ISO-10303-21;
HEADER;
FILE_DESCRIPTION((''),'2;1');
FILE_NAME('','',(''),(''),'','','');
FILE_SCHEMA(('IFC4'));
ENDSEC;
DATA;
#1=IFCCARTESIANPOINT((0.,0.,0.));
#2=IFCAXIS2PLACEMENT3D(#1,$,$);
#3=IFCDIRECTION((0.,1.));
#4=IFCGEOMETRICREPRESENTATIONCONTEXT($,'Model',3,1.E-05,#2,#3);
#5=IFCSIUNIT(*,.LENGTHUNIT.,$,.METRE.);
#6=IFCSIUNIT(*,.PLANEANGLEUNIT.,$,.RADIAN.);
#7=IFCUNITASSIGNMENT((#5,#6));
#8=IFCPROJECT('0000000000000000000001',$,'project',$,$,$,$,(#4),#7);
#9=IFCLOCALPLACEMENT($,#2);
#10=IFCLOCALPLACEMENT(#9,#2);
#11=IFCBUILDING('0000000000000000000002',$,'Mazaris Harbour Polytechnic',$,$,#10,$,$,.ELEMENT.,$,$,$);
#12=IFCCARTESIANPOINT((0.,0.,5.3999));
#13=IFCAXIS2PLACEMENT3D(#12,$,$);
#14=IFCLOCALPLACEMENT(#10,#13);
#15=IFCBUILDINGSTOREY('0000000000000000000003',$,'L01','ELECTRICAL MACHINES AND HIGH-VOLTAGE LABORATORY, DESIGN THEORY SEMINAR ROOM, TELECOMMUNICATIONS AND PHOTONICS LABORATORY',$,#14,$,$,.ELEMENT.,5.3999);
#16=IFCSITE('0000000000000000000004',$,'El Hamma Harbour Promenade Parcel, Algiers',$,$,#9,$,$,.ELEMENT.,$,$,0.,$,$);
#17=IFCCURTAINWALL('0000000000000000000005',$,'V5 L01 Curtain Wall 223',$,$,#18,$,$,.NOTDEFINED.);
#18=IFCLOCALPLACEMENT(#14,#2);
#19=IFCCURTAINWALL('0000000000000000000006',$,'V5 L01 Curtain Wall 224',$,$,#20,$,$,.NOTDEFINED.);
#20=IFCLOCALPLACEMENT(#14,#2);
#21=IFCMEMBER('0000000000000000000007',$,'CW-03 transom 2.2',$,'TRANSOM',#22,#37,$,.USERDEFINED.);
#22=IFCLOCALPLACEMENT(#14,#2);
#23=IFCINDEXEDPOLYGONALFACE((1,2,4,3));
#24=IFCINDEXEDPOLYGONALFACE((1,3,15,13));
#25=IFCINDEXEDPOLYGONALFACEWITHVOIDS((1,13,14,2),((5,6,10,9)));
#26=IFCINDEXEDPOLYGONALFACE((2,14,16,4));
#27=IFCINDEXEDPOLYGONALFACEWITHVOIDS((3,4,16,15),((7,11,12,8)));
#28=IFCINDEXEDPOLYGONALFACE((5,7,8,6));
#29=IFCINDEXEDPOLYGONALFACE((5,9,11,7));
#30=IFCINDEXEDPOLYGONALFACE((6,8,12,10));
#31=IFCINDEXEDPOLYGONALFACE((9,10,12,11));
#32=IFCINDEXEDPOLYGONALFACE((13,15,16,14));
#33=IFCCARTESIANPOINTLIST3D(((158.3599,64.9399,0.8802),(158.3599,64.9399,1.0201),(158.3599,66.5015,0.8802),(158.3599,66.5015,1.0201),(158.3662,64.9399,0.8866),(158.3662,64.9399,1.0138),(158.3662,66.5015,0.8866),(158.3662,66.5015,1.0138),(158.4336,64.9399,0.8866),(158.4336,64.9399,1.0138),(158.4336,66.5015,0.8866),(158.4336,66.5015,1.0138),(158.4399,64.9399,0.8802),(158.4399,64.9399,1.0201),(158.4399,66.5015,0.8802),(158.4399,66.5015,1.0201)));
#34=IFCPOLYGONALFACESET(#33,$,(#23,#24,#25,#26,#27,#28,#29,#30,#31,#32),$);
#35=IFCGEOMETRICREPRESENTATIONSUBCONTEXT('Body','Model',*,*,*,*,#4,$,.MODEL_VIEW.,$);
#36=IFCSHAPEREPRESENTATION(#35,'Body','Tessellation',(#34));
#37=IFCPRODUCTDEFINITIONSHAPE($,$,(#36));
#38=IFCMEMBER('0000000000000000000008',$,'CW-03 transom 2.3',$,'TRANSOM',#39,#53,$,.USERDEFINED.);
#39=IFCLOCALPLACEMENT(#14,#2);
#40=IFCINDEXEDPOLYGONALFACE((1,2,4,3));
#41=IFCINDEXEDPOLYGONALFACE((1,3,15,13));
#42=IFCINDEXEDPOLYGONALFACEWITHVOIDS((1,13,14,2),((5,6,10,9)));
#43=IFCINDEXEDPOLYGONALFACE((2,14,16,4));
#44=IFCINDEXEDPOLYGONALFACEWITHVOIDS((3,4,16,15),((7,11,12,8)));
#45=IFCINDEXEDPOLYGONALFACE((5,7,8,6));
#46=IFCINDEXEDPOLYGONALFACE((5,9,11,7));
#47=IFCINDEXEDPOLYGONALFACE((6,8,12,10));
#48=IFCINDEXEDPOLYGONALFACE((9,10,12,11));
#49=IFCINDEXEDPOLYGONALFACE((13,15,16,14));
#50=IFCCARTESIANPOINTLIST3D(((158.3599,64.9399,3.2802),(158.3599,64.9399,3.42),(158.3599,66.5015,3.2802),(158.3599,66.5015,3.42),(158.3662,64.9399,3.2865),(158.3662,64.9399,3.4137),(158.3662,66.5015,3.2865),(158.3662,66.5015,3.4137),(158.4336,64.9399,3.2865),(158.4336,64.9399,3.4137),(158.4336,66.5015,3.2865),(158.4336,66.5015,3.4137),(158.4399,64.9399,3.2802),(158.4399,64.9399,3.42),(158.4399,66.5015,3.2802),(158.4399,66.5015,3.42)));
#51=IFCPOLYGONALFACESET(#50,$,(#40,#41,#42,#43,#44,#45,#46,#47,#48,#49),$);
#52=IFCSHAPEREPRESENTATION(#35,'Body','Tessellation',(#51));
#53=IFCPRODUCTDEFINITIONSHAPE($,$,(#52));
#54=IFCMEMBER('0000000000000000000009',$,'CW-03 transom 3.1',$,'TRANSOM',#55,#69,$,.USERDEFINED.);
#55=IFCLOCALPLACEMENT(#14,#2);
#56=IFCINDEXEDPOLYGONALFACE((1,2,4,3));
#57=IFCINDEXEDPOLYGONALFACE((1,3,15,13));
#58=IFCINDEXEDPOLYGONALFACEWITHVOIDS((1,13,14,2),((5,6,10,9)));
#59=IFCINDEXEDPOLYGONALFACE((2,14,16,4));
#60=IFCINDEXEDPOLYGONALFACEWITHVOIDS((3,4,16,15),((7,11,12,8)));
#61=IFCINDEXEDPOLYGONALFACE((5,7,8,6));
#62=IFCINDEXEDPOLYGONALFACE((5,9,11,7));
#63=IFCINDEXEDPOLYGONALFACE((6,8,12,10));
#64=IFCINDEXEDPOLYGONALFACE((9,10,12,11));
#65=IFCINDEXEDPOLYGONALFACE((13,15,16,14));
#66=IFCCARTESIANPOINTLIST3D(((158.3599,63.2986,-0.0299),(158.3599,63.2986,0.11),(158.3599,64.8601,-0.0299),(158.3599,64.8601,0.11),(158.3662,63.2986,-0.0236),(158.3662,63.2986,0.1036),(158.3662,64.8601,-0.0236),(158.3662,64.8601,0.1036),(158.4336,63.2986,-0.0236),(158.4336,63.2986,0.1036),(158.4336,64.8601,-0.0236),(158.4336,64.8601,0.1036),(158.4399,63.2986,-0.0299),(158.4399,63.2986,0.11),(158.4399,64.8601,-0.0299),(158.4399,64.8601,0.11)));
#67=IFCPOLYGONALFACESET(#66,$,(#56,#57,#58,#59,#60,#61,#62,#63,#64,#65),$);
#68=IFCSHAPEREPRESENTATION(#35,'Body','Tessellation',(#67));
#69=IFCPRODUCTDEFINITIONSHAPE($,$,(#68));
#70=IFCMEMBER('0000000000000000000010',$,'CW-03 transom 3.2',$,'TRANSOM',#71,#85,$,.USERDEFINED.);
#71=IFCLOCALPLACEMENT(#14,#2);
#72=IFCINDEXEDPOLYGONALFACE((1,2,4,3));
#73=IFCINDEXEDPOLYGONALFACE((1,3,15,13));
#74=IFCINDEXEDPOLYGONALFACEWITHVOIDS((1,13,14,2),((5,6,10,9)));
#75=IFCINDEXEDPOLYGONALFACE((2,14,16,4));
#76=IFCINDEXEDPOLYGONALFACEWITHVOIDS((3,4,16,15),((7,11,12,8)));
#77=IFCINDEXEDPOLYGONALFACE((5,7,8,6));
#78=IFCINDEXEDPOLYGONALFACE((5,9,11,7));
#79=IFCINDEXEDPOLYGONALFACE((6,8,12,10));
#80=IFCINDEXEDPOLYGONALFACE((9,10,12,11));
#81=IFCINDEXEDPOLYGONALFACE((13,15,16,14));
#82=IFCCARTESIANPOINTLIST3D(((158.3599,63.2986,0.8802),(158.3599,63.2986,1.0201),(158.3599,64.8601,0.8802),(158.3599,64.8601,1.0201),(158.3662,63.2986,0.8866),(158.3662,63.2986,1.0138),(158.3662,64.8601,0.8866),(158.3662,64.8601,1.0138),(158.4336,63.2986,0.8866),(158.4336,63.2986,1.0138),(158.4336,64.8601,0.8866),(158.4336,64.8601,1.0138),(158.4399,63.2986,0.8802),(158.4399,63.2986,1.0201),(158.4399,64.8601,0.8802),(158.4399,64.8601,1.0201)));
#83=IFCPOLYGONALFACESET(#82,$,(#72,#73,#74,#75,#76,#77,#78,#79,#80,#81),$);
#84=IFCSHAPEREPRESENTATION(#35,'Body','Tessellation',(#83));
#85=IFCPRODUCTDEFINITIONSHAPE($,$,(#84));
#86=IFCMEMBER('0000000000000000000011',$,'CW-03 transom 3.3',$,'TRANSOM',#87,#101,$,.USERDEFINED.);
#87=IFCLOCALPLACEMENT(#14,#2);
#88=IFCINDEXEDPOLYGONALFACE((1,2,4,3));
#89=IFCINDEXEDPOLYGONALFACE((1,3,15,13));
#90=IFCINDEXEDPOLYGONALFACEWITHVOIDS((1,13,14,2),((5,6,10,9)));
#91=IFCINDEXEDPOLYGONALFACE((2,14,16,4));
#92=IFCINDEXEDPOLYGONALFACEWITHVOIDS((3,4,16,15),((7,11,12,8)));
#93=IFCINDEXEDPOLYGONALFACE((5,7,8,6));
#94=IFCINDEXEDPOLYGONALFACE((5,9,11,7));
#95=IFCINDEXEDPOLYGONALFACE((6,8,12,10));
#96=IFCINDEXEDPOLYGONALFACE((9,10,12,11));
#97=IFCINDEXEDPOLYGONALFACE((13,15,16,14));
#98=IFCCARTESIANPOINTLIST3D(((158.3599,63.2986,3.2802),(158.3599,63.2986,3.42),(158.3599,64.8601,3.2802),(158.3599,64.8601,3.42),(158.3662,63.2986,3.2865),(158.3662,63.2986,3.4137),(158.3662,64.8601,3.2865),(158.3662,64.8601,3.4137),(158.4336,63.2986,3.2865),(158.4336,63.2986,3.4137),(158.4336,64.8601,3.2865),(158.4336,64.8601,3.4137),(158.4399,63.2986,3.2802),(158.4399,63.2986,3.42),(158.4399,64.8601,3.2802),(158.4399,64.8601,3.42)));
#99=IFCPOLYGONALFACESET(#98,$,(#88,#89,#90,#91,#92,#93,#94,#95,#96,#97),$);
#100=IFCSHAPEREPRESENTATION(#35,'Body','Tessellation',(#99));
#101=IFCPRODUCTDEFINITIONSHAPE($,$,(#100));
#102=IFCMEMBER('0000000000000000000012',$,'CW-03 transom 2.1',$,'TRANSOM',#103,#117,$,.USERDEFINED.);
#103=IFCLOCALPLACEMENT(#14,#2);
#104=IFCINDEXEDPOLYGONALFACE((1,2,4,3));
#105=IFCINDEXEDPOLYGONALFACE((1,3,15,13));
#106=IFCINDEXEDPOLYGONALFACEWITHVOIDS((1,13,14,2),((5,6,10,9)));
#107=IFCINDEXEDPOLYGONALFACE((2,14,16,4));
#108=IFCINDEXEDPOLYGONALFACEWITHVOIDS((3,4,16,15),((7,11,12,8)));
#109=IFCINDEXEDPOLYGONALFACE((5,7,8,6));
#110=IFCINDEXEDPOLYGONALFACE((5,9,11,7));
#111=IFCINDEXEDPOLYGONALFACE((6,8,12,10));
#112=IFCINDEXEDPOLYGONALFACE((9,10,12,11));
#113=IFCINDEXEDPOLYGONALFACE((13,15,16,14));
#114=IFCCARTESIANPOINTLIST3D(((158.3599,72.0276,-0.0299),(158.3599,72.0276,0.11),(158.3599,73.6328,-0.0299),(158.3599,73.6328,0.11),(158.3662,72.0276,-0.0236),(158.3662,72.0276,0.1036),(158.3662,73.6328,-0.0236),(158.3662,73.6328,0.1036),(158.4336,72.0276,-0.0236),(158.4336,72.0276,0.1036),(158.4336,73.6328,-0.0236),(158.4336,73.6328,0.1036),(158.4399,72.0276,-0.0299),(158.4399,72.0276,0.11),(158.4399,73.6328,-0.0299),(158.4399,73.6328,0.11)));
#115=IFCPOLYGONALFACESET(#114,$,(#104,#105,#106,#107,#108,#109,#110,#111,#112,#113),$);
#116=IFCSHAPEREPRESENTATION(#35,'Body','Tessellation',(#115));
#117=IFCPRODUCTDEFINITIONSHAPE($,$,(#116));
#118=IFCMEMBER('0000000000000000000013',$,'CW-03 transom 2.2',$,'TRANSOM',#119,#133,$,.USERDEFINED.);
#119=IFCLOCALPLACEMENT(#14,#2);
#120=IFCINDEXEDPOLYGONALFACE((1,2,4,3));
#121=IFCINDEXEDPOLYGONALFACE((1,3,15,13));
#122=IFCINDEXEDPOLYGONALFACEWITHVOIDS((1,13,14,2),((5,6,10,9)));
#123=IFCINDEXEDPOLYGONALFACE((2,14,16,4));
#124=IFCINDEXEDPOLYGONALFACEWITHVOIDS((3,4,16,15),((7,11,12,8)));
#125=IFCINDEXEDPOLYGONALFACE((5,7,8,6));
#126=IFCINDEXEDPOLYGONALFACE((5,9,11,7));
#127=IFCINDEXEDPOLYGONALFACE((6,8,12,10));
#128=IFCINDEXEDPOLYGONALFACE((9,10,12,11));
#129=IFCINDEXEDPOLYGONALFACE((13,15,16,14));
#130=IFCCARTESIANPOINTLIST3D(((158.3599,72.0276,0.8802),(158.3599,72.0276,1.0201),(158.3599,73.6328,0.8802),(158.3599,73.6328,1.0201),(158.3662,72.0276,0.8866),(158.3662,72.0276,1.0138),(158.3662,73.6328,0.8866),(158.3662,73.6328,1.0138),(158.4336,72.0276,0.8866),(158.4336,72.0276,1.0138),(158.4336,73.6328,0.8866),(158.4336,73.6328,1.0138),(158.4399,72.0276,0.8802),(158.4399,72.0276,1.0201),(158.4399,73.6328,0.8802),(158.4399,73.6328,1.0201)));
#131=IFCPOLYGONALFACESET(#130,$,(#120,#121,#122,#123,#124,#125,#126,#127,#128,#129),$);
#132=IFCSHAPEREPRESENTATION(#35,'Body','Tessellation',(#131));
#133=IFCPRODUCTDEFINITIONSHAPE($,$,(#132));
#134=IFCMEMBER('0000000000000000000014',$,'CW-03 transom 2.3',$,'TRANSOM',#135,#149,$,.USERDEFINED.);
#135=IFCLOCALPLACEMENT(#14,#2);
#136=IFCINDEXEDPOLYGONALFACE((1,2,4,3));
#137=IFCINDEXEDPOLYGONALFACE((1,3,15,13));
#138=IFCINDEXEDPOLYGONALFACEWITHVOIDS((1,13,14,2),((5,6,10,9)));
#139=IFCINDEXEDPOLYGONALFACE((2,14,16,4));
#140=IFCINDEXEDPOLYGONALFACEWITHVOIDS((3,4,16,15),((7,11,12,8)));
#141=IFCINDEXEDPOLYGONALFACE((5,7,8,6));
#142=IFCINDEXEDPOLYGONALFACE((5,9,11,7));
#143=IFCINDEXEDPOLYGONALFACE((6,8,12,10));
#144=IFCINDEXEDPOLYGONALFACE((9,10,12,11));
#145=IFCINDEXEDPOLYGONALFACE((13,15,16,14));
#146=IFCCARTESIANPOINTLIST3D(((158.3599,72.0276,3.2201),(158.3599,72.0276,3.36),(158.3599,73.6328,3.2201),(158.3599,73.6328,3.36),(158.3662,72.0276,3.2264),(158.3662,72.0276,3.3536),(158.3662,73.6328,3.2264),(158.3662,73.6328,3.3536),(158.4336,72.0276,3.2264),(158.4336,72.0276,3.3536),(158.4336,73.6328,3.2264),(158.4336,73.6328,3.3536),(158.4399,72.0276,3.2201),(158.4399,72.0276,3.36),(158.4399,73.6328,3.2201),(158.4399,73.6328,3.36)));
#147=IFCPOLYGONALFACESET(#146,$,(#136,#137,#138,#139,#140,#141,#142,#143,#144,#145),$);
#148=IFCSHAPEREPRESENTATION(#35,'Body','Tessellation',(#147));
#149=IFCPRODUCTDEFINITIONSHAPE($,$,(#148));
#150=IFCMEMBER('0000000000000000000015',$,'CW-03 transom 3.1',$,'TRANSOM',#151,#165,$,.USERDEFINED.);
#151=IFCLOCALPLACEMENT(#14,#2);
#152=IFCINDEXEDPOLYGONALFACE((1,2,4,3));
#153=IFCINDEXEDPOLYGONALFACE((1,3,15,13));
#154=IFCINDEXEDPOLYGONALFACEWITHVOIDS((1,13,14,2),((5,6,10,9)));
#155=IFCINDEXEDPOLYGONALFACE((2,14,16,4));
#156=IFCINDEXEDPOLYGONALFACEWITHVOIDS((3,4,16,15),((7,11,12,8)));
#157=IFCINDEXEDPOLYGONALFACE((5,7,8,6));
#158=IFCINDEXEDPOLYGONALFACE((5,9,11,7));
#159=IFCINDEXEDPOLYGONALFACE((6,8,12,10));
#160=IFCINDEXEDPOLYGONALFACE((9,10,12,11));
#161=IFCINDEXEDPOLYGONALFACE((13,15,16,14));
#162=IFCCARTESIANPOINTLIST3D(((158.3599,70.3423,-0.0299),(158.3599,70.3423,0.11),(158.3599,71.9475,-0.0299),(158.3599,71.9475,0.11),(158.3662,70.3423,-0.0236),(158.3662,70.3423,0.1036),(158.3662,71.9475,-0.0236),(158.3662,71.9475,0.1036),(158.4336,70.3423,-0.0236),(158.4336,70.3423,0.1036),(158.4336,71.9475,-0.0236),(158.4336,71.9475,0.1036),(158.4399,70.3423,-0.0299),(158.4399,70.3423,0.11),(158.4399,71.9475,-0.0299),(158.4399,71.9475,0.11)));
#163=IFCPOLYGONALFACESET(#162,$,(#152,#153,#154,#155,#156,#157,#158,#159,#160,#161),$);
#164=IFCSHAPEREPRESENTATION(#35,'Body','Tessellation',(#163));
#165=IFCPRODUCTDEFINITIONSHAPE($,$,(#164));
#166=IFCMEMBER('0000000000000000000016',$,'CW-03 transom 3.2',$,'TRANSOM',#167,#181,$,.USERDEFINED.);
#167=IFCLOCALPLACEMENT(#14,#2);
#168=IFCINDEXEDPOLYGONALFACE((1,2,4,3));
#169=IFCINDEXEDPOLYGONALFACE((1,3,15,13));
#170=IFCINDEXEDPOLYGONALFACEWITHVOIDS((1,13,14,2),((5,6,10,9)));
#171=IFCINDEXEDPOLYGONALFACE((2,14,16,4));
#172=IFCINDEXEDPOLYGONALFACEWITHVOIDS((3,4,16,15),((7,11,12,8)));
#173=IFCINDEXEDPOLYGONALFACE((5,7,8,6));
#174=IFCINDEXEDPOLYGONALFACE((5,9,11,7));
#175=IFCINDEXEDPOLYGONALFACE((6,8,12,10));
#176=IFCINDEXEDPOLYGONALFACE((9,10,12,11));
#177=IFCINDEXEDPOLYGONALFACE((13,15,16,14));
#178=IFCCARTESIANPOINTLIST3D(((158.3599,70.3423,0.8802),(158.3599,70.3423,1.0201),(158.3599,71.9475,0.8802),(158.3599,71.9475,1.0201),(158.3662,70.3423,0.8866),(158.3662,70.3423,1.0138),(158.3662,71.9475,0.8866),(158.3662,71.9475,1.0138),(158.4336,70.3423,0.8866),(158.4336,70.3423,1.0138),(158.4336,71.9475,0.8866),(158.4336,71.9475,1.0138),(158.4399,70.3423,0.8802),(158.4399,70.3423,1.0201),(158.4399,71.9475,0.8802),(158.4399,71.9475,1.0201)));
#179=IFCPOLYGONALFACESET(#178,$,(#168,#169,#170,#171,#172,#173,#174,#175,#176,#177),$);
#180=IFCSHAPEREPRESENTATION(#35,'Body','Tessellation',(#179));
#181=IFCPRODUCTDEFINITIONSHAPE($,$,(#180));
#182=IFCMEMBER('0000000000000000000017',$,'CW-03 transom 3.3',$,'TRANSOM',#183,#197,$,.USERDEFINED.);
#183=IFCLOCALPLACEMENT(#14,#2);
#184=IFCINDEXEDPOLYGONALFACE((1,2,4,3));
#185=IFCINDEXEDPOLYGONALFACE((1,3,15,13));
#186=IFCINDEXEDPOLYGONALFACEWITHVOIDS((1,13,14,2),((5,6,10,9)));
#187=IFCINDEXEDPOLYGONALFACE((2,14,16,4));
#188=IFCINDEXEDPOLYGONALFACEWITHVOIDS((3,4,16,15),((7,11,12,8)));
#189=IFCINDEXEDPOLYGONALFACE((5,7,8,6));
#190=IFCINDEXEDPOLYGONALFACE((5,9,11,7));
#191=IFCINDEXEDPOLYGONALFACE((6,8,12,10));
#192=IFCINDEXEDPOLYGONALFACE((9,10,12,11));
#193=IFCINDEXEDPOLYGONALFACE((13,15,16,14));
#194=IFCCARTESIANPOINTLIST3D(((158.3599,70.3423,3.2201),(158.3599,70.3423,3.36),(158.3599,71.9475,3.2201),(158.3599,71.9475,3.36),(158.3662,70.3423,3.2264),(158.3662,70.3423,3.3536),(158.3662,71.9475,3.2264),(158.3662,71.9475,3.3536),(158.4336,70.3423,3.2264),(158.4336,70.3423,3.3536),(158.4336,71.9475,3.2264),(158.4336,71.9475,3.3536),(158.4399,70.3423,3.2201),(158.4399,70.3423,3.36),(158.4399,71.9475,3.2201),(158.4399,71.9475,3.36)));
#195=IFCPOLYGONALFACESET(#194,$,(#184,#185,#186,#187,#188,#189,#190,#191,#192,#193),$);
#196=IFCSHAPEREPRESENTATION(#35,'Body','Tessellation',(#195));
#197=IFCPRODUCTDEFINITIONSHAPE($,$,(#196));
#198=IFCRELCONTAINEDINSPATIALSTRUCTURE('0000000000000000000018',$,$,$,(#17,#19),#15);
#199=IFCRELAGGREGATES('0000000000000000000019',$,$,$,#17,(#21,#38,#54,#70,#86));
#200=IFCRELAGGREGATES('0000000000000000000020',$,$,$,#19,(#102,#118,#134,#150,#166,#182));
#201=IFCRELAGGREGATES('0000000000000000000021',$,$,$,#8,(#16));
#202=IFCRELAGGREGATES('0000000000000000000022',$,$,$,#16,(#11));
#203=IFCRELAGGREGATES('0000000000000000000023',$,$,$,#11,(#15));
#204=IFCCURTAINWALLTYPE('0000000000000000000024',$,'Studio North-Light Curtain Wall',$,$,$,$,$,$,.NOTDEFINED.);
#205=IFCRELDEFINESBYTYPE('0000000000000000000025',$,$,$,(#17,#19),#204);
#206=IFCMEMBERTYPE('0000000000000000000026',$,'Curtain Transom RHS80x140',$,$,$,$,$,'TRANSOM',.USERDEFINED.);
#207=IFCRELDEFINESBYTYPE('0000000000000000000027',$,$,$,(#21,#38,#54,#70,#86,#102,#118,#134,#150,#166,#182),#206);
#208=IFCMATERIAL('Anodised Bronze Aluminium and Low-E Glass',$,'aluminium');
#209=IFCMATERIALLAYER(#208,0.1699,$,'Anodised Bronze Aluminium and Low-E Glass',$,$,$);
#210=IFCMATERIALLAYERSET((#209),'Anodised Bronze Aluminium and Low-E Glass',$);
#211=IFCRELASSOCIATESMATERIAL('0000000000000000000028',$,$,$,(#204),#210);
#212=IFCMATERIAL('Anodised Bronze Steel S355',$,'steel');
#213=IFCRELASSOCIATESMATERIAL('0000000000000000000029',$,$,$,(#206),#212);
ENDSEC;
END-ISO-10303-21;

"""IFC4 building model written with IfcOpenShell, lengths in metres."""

from ifc_helpers import new_model, si_unit, direction, frame, origin, origin_2d, place, context, subcontext, project, spatial, hollow_rectangle, extrude, material, layer, layer_set, material_profile, profile_set, type_object, element, aggregate, save


model = new_model("IFC4")

# Units and contexts
model_context = context("Model", 3, precision=1e-05, world=origin(), true_north=direction((0.0, 1.0)))
body_context = subcontext(model_context, "Body", "Model", "MODEL_VIEW")
ifc_project = project(units=[si_unit("LENGTHUNIT", "METRE"), si_unit("PLANEANGLEUNIT", "RADIAN")], contexts=[model_context])

# Site, building, storey
site_placement = place(None, origin())
site = spatial("IfcSite", under=ifc_project, at=site_placement, Name="El Hamma Harbour Promenade Parcel, Algiers", CompositionType="ELEMENT", RefElevation=0.0)
building_placement = place(site_placement, origin())
building = spatial("IfcBuilding", under=site, at=building_placement, Name="Mazaris Harbour Polytechnic", CompositionType="ELEMENT")
storey_placement = place(building_placement, frame((0.0, 0.0, 5.3999)))
storey = spatial("IfcBuildingStorey", under=building, at=storey_placement, Name="L01", Description="ELECTRICAL MACHINES AND HIGH-VOLTAGE LABORATORY, DESIGN THEORY SEMINAR ROOM, TELECOMMUNICATIONS AND PHOTONICS LABORATORY", CompositionType="ELEMENT", Elevation=5.3999)

# Curtain walls
ifc_material_1 = material(Name="Anodised Bronze Aluminium and Low-E Glass", Category="aluminium")
ifc_layer_1 = layer(ifc_material_1, 0.1699, Name="Anodised Bronze Aluminium and Low-E Glass")
ifc_layer_set_1 = layer_set([ifc_layer_1], Name="Anodised Bronze Aluminium and Low-E Glass")
curtain_wall_type = type_object("IfcCurtainWallType", Name="Studio North-Light Curtain Wall", PredefinedType="NOTDEFINED", material=ifc_layer_set_1)
curtain_wall_1_placement = place(storey_placement, origin())
curtain_wall_1 = element("IfcCurtainWall", 1, at=curtain_wall_1_placement, inside=storey, type_object=curtain_wall_type, Name="V5 L01 Curtain Wall 223", PredefinedType="NOTDEFINED")
curtain_wall_2_placement = place(storey_placement, origin())
curtain_wall_2 = element("IfcCurtainWall", 2, at=curtain_wall_2_placement, inside=storey, type_object=curtain_wall_type, Name="V5 L01 Curtain Wall 224", PredefinedType="NOTDEFINED")

# Members
ifc_material_2 = material(Name="Anodised Bronze Steel S355", Category="steel")
ifc_material_profile_1 = material_profile(ifc_material_2, hollow_rectangle(XDim=0.0801, YDim=0.1399, WallThickness=0.0063, at=origin_2d()), Name="RHS 80x140x6.3")
ifc_profile_set_1 = profile_set([ifc_material_profile_1], Name="Anodised Bronze Steel S355")
member_type_1 = type_object("IfcMemberType", Name="Curtain Transom RHS80x140", ElementType="TRANSOM", PredefinedType="USERDEFINED", material=ifc_profile_set_1)
member_1_placement = place(storey_placement, frame((158.3999, 66.5015, 0.9502), z_axis=(0.0, -1.0, 0.0), x_axis=(1.0, 0.0, 0.0)))
member_1 = element("IfcMember", 3, at=member_1_placement, type_object=member_type_1, Name="CW-03 transom 2.2", ObjectType="TRANSOM", PredefinedType="USERDEFINED", context=body_context, shape_type="SweptSolid", body=[
    extrude(hollow_rectangle(XDim=0.0801, YDim=0.1399, WallThickness=0.0063, at=origin_2d()), origin(), (0.0, 0.0, 1.0), 1.5615),
])
member_2_placement = place(storey_placement, frame((158.3999, 66.5015, 3.3501), z_axis=(0.0, -1.0, 0.0), x_axis=(1.0, 0.0, 0.0)))
member_2 = element("IfcMember", 4, at=member_2_placement, type_object=member_type_1, Name="CW-03 transom 2.3", ObjectType="TRANSOM", PredefinedType="USERDEFINED", context=body_context, shape_type="SweptSolid", body=[
    extrude(hollow_rectangle(XDim=0.0801, YDim=0.1399, WallThickness=0.0063, at=origin_2d()), origin(), (0.0, 0.0, 1.0), 1.5615),
])
member_3_placement = place(storey_placement, frame((158.3999, 64.8601, 0.04), z_axis=(0.0, -1.0, 0.0), x_axis=(1.0, 0.0, 0.0)))
member_3 = element("IfcMember", 5, at=member_3_placement, type_object=member_type_1, Name="CW-03 transom 3.1", ObjectType="TRANSOM", PredefinedType="USERDEFINED", context=body_context, shape_type="SweptSolid", body=[
    extrude(hollow_rectangle(XDim=0.0801, YDim=0.1399, WallThickness=0.0063, at=origin_2d()), origin(), (0.0, 0.0, 1.0), 1.5615),
])
member_4_placement = place(storey_placement, frame((158.3999, 64.8601, 0.9502), z_axis=(0.0, -1.0, 0.0), x_axis=(1.0, 0.0, 0.0)))
member_4 = element("IfcMember", 6, at=member_4_placement, type_object=member_type_1, Name="CW-03 transom 3.2", ObjectType="TRANSOM", PredefinedType="USERDEFINED", context=body_context, shape_type="SweptSolid", body=[
    extrude(hollow_rectangle(XDim=0.0801, YDim=0.1399, WallThickness=0.0063, at=origin_2d()), origin(), (0.0, 0.0, 1.0), 1.5615),
])
member_5_placement = place(storey_placement, frame((158.3999, 64.8601, 3.3501), z_axis=(0.0, -1.0, 0.0), x_axis=(1.0, 0.0, 0.0)))
member_5 = element("IfcMember", 7, at=member_5_placement, type_object=member_type_1, Name="CW-03 transom 3.3", ObjectType="TRANSOM", PredefinedType="USERDEFINED", context=body_context, shape_type="SweptSolid", body=[
    extrude(hollow_rectangle(XDim=0.0801, YDim=0.1399, WallThickness=0.0063, at=origin_2d()), origin(), (0.0, 0.0, 1.0), 1.5615),
])
member_6_placement = place(storey_placement, frame((158.3999, 73.6328, 0.04), z_axis=(0.0, -1.0, 0.0), x_axis=(1.0, 0.0, 0.0)))
member_6 = element("IfcMember", 8, at=member_6_placement, type_object=member_type_1, Name="CW-03 transom 2.1", ObjectType="TRANSOM", PredefinedType="USERDEFINED", context=body_context, shape_type="SweptSolid", body=[
    extrude(hollow_rectangle(XDim=0.0801, YDim=0.1399, WallThickness=0.0063, at=origin_2d()), origin(), (0.0, 0.0, 1.0), 1.6052),
])
member_7_placement = place(storey_placement, frame((158.3999, 73.6328, 0.9502), z_axis=(0.0, -1.0, 0.0), x_axis=(1.0, 0.0, 0.0)))
member_7 = element("IfcMember", 9, at=member_7_placement, type_object=member_type_1, Name="CW-03 transom 2.2", ObjectType="TRANSOM", PredefinedType="USERDEFINED", context=body_context, shape_type="SweptSolid", body=[
    extrude(hollow_rectangle(XDim=0.0801, YDim=0.1399, WallThickness=0.0063, at=origin_2d()), origin(), (0.0, 0.0, 1.0), 1.6052),
])
member_8_placement = place(storey_placement, frame((158.3999, 73.6328, 3.29), z_axis=(0.0, -1.0, 0.0), x_axis=(1.0, 0.0, 0.0)))
member_8 = element("IfcMember", 10, at=member_8_placement, type_object=member_type_1, Name="CW-03 transom 2.3", ObjectType="TRANSOM", PredefinedType="USERDEFINED", context=body_context, shape_type="SweptSolid", body=[
    extrude(hollow_rectangle(XDim=0.0801, YDim=0.1399, WallThickness=0.0063, at=origin_2d()), origin(), (0.0, 0.0, 1.0), 1.6052),
])
member_9_placement = place(storey_placement, frame((158.3999, 71.9475, 0.04), z_axis=(0.0, -1.0, 0.0), x_axis=(1.0, 0.0, 0.0)))
member_9 = element("IfcMember", 11, at=member_9_placement, type_object=member_type_1, Name="CW-03 transom 3.1", ObjectType="TRANSOM", PredefinedType="USERDEFINED", context=body_context, shape_type="SweptSolid", body=[
    extrude(hollow_rectangle(XDim=0.0801, YDim=0.1399, WallThickness=0.0063, at=origin_2d()), origin(), (0.0, 0.0, 1.0), 1.6052),
])
member_10_placement = place(storey_placement, frame((158.3999, 71.9475, 0.9502), z_axis=(0.0, -1.0, 0.0), x_axis=(1.0, 0.0, 0.0)))
member_10 = element("IfcMember", 12, at=member_10_placement, type_object=member_type_1, Name="CW-03 transom 3.2", ObjectType="TRANSOM", PredefinedType="USERDEFINED", context=body_context, shape_type="SweptSolid", body=[
    extrude(hollow_rectangle(XDim=0.0801, YDim=0.1399, WallThickness=0.0063, at=origin_2d()), origin(), (0.0, 0.0, 1.0), 1.6052),
])
member_11_placement = place(storey_placement, frame((158.3999, 71.9475, 3.29), z_axis=(0.0, -1.0, 0.0), x_axis=(1.0, 0.0, 0.0)))
member_11 = element("IfcMember", 13, at=member_11_placement, type_object=member_type_1, Name="CW-03 transom 3.3", ObjectType="TRANSOM", PredefinedType="USERDEFINED", context=body_context, shape_type="SweptSolid", body=[
    extrude(hollow_rectangle(XDim=0.0801, YDim=0.1399, WallThickness=0.0063, at=origin_2d()), origin(), (0.0, 0.0, 1.0), 1.6052),
])

aggregate(curtain_wall_1, [member_1, member_2, member_3, member_4, member_5])
aggregate(curtain_wall_2, [member_6, member_7, member_8, member_9, member_10, member_11])

save(model, "model.ifc")
